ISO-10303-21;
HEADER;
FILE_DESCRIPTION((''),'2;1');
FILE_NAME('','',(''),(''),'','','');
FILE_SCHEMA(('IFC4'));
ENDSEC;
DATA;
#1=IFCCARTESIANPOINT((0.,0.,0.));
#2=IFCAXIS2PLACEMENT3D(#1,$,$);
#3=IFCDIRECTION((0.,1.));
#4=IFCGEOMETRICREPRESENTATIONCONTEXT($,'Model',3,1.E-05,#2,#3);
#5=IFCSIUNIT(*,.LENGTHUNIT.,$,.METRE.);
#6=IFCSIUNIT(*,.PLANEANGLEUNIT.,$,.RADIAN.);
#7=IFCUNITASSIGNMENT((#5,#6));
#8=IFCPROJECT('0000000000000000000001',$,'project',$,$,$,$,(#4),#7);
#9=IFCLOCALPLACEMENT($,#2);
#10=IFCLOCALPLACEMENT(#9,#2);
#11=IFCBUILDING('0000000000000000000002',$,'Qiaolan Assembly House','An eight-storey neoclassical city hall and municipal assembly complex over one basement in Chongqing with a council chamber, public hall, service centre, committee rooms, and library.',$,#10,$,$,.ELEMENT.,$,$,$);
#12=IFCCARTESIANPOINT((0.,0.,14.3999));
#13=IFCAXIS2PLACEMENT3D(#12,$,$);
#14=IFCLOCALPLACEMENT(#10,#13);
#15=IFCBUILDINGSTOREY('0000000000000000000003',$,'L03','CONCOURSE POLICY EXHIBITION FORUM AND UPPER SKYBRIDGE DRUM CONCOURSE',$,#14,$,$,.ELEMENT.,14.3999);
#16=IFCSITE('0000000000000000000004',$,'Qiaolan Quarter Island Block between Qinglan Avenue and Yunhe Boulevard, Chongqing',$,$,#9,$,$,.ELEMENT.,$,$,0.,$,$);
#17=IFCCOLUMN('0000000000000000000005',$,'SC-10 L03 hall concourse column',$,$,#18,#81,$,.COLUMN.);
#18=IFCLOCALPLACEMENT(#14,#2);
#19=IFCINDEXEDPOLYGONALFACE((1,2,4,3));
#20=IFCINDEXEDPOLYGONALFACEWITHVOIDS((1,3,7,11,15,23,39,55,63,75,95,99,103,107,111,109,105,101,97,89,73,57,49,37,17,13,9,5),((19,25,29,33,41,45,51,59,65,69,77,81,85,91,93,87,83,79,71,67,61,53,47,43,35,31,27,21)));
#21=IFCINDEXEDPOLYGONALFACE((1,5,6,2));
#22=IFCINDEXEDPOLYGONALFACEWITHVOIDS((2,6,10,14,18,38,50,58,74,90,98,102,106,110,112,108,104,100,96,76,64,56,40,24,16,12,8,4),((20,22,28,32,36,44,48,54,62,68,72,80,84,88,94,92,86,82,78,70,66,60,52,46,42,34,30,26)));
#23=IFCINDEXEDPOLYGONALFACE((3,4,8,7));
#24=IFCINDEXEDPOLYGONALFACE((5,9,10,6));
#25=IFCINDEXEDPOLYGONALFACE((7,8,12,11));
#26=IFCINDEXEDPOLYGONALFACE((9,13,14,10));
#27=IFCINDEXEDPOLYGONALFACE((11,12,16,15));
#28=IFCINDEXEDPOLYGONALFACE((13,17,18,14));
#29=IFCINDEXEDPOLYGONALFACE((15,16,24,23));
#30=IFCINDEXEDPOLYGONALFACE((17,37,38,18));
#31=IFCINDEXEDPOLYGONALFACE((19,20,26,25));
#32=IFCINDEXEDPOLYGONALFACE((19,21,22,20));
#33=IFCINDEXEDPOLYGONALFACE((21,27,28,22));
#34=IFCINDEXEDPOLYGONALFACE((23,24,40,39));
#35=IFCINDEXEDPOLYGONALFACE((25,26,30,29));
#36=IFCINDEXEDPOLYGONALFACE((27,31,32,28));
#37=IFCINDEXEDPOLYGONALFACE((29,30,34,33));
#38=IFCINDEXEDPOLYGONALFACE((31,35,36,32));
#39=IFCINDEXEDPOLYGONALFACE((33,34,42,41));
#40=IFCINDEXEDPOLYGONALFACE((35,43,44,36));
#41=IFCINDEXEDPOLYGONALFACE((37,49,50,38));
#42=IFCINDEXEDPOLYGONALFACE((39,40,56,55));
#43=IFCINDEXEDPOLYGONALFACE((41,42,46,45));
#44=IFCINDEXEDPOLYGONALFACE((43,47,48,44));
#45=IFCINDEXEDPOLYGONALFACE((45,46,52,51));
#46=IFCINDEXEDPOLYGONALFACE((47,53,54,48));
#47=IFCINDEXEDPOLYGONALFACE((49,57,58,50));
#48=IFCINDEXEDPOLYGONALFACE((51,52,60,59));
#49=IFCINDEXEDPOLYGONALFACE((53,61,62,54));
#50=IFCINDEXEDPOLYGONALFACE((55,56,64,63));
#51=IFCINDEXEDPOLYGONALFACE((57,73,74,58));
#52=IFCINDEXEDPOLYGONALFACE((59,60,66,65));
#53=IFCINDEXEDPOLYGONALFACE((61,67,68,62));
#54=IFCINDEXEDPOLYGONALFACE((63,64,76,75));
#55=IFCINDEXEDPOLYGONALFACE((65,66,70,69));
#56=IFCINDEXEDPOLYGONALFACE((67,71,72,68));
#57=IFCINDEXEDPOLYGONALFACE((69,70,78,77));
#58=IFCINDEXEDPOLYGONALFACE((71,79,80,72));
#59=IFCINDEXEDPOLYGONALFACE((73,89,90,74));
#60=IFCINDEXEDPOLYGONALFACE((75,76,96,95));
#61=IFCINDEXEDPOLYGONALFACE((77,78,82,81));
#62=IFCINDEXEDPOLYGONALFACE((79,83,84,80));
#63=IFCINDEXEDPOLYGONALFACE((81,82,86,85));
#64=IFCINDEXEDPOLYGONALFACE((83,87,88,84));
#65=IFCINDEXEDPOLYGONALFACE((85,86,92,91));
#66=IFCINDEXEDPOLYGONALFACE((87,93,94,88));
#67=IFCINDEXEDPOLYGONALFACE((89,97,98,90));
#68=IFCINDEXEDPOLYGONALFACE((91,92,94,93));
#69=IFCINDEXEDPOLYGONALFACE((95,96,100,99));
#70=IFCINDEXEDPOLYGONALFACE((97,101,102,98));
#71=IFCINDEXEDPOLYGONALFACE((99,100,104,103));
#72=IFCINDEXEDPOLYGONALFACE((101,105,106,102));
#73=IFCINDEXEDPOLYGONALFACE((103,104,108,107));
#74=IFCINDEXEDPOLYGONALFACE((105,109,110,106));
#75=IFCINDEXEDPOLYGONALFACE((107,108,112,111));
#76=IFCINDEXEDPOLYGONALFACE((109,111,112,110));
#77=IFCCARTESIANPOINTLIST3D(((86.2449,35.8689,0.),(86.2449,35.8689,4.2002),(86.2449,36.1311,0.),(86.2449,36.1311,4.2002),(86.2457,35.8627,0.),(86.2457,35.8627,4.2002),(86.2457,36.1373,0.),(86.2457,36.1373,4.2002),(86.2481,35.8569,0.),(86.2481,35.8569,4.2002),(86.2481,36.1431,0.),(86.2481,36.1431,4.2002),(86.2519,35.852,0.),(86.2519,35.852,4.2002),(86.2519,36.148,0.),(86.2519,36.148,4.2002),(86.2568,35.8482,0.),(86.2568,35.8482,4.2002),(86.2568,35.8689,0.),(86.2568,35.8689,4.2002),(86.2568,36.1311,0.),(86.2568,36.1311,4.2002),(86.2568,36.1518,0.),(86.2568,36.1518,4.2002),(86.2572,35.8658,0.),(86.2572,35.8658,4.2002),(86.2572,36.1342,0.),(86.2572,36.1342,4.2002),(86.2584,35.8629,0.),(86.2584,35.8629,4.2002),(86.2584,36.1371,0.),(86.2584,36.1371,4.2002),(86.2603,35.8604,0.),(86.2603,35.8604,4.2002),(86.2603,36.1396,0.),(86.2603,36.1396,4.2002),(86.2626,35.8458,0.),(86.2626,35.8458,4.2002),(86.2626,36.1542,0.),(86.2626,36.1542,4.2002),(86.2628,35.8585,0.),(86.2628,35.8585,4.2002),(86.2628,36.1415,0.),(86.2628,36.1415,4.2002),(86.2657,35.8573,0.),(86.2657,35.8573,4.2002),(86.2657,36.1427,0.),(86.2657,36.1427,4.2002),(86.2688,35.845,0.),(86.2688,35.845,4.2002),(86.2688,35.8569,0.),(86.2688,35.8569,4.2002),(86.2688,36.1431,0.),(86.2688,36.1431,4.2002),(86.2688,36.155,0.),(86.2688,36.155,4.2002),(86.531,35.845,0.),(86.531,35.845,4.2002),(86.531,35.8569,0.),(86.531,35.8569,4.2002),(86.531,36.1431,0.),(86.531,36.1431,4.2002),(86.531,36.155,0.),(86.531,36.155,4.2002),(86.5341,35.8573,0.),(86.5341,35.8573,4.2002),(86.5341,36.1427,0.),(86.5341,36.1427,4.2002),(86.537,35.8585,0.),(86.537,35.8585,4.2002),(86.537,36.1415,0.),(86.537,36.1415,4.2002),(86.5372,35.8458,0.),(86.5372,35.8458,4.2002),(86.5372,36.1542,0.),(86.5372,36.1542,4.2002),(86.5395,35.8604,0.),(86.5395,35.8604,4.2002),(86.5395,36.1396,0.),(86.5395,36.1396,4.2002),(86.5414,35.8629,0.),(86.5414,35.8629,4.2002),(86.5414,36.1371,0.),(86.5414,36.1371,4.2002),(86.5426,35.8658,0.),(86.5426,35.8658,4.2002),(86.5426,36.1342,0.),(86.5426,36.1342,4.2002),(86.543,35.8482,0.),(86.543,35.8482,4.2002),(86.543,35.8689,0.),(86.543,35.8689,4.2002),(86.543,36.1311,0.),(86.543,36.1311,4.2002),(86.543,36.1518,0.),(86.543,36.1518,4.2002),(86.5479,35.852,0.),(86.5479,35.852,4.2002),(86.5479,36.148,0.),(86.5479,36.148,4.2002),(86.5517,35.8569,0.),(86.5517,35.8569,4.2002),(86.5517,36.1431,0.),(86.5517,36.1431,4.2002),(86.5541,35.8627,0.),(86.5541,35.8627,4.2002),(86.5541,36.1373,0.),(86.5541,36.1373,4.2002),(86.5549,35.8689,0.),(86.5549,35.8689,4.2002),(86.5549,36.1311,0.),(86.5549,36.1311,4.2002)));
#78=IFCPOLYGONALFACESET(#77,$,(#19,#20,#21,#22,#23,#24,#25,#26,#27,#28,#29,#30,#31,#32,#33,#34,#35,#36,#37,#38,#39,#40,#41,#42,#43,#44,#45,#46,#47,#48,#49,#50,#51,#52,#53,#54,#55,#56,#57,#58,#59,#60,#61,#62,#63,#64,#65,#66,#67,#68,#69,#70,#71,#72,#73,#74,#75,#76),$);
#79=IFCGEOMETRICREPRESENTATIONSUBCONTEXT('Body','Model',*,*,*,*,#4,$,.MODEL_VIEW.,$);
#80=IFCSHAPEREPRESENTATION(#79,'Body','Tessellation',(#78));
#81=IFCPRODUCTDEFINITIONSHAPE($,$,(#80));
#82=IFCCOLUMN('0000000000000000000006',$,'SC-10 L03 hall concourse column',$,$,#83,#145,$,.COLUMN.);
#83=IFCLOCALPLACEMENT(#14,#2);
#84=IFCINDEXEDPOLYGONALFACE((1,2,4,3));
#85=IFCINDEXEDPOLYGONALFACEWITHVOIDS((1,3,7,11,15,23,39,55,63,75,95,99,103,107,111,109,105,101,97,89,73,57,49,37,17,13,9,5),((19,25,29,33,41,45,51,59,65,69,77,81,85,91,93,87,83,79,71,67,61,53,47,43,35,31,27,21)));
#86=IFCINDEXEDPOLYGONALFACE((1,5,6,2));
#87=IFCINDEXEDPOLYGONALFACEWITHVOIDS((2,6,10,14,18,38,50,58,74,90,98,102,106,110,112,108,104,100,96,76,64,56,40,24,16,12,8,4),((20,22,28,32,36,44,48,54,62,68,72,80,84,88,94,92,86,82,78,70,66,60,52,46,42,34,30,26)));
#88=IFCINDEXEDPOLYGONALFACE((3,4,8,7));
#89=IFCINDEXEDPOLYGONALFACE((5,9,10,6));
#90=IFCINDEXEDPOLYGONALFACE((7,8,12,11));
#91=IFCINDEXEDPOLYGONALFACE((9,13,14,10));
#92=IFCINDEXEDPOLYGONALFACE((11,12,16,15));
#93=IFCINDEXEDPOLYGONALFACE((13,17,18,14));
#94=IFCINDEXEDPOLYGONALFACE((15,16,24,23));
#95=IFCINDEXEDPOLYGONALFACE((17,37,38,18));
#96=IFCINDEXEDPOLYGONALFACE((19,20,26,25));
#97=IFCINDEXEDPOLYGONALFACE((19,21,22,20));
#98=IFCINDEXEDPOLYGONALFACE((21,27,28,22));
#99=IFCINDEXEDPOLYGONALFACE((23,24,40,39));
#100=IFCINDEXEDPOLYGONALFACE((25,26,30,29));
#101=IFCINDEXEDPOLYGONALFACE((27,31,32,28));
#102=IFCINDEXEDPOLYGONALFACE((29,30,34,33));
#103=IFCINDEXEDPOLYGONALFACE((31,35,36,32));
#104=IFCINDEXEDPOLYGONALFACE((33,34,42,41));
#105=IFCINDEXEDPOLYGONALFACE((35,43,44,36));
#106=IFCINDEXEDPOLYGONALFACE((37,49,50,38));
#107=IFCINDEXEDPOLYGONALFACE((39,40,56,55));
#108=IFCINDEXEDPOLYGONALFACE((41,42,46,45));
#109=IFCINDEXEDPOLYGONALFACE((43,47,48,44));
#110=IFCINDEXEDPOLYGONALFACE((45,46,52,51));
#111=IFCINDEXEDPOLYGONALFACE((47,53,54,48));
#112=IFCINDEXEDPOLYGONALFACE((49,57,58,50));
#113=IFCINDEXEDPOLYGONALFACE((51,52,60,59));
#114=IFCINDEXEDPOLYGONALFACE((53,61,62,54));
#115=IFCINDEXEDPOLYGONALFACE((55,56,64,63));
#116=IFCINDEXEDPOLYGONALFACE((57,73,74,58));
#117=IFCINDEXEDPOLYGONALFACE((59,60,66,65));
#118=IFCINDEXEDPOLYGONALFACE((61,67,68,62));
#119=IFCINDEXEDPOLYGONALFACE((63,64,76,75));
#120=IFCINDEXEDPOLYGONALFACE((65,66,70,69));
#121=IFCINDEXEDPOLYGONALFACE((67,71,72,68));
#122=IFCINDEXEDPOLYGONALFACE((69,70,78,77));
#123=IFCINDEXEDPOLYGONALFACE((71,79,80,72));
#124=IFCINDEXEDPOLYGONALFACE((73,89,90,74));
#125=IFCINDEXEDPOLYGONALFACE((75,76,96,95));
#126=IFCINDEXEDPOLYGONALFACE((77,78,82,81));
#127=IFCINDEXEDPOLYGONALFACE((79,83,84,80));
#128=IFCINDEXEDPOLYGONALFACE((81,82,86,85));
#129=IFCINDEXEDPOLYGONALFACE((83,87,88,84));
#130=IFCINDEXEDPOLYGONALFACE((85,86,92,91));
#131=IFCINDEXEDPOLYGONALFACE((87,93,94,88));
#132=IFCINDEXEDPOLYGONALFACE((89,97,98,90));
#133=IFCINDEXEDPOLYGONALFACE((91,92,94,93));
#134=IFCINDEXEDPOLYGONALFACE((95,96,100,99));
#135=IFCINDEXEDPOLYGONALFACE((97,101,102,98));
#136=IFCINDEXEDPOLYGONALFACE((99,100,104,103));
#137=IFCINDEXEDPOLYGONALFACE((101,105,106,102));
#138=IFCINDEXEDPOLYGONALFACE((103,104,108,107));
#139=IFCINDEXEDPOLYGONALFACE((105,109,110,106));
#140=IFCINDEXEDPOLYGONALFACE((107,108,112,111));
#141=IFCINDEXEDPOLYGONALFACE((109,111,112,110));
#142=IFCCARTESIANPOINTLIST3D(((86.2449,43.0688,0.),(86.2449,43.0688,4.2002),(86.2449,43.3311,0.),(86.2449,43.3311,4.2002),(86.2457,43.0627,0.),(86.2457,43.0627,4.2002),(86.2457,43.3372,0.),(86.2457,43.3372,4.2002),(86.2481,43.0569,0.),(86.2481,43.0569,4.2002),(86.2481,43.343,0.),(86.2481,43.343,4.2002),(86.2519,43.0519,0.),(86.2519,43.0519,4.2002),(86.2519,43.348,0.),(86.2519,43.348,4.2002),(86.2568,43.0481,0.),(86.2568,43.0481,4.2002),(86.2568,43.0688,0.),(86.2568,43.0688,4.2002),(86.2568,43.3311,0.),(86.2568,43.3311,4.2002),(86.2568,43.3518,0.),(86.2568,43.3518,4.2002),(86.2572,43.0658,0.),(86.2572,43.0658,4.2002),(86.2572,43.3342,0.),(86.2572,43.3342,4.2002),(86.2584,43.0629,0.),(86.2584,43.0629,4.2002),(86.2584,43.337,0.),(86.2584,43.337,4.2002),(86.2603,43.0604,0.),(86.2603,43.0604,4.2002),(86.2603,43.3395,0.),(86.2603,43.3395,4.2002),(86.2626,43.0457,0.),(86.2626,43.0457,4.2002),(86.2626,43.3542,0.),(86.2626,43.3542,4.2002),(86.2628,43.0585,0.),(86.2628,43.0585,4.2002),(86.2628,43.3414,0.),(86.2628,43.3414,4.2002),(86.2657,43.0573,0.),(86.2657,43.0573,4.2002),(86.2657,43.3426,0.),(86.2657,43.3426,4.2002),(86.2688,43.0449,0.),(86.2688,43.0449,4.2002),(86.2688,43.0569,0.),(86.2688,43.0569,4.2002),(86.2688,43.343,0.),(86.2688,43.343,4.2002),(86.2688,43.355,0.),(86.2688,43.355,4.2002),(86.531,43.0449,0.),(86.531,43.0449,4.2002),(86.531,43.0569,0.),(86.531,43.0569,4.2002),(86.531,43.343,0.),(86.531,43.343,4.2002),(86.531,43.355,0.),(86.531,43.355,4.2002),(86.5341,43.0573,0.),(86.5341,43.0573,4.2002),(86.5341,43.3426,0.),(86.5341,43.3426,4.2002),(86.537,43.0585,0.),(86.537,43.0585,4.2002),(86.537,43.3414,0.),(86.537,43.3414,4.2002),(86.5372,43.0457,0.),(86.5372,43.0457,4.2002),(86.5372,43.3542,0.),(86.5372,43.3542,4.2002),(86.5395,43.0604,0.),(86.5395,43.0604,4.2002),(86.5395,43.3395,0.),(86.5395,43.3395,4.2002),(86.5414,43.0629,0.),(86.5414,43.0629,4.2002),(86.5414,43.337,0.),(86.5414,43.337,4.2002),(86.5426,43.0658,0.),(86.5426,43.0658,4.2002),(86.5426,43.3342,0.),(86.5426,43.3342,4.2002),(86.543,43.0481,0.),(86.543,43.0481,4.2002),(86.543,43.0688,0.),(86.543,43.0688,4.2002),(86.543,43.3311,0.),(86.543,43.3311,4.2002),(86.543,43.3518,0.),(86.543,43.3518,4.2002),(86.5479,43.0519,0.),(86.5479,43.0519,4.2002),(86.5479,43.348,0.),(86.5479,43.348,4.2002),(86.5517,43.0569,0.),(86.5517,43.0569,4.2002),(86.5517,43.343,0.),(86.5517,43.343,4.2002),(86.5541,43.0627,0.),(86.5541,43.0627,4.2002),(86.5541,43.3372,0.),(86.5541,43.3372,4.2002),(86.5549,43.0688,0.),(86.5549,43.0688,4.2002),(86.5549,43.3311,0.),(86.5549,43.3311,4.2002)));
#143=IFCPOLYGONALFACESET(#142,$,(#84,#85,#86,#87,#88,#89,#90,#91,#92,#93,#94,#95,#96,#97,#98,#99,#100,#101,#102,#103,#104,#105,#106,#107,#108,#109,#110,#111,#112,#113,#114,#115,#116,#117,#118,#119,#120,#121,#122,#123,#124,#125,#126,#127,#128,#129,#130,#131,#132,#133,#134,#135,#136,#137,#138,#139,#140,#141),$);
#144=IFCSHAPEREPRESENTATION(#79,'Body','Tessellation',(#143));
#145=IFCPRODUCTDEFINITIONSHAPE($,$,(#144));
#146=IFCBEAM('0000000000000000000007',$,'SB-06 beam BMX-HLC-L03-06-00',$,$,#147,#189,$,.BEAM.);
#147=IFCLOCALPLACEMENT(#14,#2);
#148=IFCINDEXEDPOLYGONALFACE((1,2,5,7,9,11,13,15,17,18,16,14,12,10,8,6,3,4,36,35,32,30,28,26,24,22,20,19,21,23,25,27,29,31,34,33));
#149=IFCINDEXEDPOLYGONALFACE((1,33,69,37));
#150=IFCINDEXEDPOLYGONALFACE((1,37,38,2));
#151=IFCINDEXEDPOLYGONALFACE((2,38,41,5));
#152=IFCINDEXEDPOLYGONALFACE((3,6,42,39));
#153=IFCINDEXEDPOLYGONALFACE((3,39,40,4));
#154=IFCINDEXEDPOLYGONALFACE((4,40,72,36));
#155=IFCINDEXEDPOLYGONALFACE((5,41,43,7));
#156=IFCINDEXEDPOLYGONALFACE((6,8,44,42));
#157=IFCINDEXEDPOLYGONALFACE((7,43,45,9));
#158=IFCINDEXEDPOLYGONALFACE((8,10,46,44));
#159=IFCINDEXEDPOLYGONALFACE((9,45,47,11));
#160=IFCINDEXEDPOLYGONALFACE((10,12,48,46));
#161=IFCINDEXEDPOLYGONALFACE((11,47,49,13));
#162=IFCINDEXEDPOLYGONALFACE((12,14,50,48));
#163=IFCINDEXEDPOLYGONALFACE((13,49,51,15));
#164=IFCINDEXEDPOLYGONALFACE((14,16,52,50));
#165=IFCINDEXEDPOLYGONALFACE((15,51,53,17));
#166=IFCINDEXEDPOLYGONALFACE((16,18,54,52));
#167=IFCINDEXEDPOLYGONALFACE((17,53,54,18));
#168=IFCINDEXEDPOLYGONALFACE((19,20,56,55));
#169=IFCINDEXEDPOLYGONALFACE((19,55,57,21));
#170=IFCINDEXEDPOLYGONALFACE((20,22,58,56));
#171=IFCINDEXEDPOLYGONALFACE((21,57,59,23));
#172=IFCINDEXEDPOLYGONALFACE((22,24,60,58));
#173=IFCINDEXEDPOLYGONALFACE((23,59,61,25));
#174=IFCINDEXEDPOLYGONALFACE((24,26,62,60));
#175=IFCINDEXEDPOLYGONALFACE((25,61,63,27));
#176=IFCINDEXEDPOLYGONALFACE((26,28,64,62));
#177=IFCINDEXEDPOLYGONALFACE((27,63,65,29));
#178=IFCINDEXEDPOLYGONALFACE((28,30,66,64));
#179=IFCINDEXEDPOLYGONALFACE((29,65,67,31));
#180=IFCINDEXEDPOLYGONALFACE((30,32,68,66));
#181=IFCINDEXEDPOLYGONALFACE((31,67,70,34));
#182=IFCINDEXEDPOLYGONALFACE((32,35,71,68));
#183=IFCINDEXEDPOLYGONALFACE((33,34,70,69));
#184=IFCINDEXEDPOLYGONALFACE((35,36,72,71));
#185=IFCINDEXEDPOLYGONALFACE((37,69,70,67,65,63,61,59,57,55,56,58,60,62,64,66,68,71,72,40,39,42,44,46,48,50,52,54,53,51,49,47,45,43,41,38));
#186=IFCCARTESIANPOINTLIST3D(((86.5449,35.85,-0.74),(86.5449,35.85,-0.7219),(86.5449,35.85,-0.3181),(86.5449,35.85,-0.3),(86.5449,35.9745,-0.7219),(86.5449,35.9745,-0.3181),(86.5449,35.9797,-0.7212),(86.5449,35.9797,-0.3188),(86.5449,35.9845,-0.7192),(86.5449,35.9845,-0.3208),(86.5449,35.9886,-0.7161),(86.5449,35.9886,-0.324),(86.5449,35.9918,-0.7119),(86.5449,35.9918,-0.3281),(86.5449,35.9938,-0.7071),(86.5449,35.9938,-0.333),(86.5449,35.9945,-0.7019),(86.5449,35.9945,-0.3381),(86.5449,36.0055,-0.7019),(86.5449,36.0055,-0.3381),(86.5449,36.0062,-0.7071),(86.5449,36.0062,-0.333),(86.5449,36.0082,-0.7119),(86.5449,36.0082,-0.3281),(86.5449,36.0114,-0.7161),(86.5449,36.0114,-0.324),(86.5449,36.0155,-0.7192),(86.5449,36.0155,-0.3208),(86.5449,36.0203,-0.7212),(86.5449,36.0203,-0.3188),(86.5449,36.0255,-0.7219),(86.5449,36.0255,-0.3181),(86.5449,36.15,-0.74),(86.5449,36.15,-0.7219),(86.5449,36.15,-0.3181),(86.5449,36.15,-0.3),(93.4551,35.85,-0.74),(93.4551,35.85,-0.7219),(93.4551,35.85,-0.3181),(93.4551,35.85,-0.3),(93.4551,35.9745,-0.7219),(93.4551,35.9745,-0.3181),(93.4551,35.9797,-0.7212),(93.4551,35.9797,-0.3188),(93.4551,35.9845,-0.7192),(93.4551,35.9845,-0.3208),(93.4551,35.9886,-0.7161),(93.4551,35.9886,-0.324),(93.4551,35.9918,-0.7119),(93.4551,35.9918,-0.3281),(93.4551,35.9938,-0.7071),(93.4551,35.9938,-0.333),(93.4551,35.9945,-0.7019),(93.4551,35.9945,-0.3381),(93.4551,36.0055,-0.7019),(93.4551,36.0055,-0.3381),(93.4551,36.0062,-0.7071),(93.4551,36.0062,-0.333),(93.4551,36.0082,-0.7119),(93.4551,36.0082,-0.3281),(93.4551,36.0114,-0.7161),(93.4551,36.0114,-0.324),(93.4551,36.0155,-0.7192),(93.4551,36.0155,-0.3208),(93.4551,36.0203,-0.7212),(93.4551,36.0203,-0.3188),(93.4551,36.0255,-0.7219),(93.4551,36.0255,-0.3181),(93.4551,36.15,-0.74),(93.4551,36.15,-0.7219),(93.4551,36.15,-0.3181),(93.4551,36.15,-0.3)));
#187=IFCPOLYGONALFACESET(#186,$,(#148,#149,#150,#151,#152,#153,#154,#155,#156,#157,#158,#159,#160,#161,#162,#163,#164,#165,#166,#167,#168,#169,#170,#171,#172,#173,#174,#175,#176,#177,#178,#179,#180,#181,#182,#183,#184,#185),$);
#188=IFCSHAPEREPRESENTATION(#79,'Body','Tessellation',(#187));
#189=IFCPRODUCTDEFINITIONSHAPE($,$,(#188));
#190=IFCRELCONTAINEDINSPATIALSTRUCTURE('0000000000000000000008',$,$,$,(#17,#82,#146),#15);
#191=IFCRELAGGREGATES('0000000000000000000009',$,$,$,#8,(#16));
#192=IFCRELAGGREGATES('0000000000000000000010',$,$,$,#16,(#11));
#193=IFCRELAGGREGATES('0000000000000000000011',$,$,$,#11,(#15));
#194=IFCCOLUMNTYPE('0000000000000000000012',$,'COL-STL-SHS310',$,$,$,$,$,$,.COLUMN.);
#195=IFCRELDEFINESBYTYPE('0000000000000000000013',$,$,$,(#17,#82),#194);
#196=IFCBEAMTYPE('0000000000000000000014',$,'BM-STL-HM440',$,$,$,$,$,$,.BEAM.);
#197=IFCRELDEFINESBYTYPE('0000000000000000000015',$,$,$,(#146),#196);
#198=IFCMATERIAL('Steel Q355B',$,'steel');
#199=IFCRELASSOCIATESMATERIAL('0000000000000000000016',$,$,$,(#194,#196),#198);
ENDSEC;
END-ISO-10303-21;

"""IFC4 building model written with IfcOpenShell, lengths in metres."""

from ifc_helpers import new_model, si_unit, direction, frame, origin, origin_2d, place, context, subcontext, project, spatial, hollow_rectangle, i_section, extrude, material, material_profile, profile_set, type_object, element, save


model = new_model("IFC4")

# Units and contexts
model_context = context("Model", 3, precision=1e-05, world=origin(), true_north=direction((0.0, 1.0)))
body_context = subcontext(model_context, "Body", "Model", "MODEL_VIEW")
ifc_project = project(units=[si_unit("LENGTHUNIT", "METRE"), si_unit("PLANEANGLEUNIT", "RADIAN")], contexts=[model_context])

# Site, building, storey
site_placement = place(None, origin())
site = spatial("IfcSite", under=ifc_project, at=site_placement, Name="Qiaolan Quarter Island Block between Qinglan Avenue and Yunhe Boulevard, Chongqing", CompositionType="ELEMENT", RefElevation=0.0)
building_placement = place(site_placement, origin())
building = spatial("IfcBuilding", under=site, at=building_placement, Name="Qiaolan Assembly House", Description="An eight-storey neoclassical city hall and municipal assembly complex over one basement in Chongqing with a council chamber, public hall, service centre, committee rooms, and library.", CompositionType="ELEMENT")
storey_placement = place(building_placement, frame((0.0, 0.0, 14.3999)))
storey = spatial("IfcBuildingStorey", under=building, at=storey_placement, Name="L03", Description="CONCOURSE POLICY EXHIBITION FORUM AND UPPER SKYBRIDGE DRUM CONCOURSE", CompositionType="ELEMENT", Elevation=14.3999)

# Columns
ifc_material_1 = material(Name="Steel Q355B", Category="steel")
ifc_material_profile_1 = material_profile(ifc_material_1, hollow_rectangle(XDim=0.3101, YDim=0.3101, WallThickness=0.012, InnerFilletRadius=0.012, OuterFilletRadius=0.0239, at=origin_2d()), Name="SHS 310x310x12")
ifc_profile_set_1 = profile_set([ifc_material_profile_1], Name="Steel Q355B")
column_type = type_object("IfcColumnType", Name="COL-STL-SHS310", PredefinedType="COLUMN", material=ifc_profile_set_1)
for number, where, z_axis, x_axis, name in (
    (1, (86.3999, 36.0, 0.0), (0.0, 0.0, 1.0), (1.0, 0.0, 0.0), "SC-10 L03 hall concourse column"),
    (2, (86.3999, 43.2, 0.0), (0.0, 0.0, 1.0), (1.0, 0.0, 0.0), "SC-10 L03 hall concourse column"),
):
    element("IfcColumn", number, at=place(storey_placement, frame(where, z_axis=z_axis, x_axis=x_axis)), inside=storey, type_object=column_type, Name=name, PredefinedType="COLUMN", context=body_context, shape_type="SweptSolid", body=[
        extrude(hollow_rectangle(XDim=0.3101, YDim=0.3101, WallThickness=0.012, InnerFilletRadius=0.012, OuterFilletRadius=0.0239, at=origin_2d()), origin(), (0.0, 0.0, 1.0), 4.2002),
    ])

# Beam
ifc_material_profile_2 = material_profile(ifc_material_1, i_section(OverallWidth=0.3, OverallDepth=0.4399, WebThickness=0.011, FlangeThickness=0.0181, FilletRadius=0.02, at=origin_2d()), Name="HM 440x300x11x18")
ifc_profile_set_2 = profile_set([ifc_material_profile_2], Name="Steel Q355B")
beam_type_1 = type_object("IfcBeamType", Name="BM-STL-HM440", PredefinedType="BEAM", material=ifc_profile_set_2)
beam_1_placement = place(storey_placement, frame((86.5449, 36.0, -0.52), z_axis=(1.0, 0.0, 0.0), x_axis=(0.0, 1.0, 0.0)))
element("IfcBeam", 3, at=beam_1_placement, inside=storey, type_object=beam_type_1, Name="SB-06 beam BMX-HLC-L03-06-00", PredefinedType="BEAM", context=body_context, shape_type="SweptSolid", body=[
    extrude(i_section(OverallWidth=0.3, OverallDepth=0.4399, WebThickness=0.011, FlangeThickness=0.0181, FilletRadius=0.02, at=origin_2d()), origin(), (0.0, 0.0, 1.0), 6.9102),
])

save(model, "model.ifc")
